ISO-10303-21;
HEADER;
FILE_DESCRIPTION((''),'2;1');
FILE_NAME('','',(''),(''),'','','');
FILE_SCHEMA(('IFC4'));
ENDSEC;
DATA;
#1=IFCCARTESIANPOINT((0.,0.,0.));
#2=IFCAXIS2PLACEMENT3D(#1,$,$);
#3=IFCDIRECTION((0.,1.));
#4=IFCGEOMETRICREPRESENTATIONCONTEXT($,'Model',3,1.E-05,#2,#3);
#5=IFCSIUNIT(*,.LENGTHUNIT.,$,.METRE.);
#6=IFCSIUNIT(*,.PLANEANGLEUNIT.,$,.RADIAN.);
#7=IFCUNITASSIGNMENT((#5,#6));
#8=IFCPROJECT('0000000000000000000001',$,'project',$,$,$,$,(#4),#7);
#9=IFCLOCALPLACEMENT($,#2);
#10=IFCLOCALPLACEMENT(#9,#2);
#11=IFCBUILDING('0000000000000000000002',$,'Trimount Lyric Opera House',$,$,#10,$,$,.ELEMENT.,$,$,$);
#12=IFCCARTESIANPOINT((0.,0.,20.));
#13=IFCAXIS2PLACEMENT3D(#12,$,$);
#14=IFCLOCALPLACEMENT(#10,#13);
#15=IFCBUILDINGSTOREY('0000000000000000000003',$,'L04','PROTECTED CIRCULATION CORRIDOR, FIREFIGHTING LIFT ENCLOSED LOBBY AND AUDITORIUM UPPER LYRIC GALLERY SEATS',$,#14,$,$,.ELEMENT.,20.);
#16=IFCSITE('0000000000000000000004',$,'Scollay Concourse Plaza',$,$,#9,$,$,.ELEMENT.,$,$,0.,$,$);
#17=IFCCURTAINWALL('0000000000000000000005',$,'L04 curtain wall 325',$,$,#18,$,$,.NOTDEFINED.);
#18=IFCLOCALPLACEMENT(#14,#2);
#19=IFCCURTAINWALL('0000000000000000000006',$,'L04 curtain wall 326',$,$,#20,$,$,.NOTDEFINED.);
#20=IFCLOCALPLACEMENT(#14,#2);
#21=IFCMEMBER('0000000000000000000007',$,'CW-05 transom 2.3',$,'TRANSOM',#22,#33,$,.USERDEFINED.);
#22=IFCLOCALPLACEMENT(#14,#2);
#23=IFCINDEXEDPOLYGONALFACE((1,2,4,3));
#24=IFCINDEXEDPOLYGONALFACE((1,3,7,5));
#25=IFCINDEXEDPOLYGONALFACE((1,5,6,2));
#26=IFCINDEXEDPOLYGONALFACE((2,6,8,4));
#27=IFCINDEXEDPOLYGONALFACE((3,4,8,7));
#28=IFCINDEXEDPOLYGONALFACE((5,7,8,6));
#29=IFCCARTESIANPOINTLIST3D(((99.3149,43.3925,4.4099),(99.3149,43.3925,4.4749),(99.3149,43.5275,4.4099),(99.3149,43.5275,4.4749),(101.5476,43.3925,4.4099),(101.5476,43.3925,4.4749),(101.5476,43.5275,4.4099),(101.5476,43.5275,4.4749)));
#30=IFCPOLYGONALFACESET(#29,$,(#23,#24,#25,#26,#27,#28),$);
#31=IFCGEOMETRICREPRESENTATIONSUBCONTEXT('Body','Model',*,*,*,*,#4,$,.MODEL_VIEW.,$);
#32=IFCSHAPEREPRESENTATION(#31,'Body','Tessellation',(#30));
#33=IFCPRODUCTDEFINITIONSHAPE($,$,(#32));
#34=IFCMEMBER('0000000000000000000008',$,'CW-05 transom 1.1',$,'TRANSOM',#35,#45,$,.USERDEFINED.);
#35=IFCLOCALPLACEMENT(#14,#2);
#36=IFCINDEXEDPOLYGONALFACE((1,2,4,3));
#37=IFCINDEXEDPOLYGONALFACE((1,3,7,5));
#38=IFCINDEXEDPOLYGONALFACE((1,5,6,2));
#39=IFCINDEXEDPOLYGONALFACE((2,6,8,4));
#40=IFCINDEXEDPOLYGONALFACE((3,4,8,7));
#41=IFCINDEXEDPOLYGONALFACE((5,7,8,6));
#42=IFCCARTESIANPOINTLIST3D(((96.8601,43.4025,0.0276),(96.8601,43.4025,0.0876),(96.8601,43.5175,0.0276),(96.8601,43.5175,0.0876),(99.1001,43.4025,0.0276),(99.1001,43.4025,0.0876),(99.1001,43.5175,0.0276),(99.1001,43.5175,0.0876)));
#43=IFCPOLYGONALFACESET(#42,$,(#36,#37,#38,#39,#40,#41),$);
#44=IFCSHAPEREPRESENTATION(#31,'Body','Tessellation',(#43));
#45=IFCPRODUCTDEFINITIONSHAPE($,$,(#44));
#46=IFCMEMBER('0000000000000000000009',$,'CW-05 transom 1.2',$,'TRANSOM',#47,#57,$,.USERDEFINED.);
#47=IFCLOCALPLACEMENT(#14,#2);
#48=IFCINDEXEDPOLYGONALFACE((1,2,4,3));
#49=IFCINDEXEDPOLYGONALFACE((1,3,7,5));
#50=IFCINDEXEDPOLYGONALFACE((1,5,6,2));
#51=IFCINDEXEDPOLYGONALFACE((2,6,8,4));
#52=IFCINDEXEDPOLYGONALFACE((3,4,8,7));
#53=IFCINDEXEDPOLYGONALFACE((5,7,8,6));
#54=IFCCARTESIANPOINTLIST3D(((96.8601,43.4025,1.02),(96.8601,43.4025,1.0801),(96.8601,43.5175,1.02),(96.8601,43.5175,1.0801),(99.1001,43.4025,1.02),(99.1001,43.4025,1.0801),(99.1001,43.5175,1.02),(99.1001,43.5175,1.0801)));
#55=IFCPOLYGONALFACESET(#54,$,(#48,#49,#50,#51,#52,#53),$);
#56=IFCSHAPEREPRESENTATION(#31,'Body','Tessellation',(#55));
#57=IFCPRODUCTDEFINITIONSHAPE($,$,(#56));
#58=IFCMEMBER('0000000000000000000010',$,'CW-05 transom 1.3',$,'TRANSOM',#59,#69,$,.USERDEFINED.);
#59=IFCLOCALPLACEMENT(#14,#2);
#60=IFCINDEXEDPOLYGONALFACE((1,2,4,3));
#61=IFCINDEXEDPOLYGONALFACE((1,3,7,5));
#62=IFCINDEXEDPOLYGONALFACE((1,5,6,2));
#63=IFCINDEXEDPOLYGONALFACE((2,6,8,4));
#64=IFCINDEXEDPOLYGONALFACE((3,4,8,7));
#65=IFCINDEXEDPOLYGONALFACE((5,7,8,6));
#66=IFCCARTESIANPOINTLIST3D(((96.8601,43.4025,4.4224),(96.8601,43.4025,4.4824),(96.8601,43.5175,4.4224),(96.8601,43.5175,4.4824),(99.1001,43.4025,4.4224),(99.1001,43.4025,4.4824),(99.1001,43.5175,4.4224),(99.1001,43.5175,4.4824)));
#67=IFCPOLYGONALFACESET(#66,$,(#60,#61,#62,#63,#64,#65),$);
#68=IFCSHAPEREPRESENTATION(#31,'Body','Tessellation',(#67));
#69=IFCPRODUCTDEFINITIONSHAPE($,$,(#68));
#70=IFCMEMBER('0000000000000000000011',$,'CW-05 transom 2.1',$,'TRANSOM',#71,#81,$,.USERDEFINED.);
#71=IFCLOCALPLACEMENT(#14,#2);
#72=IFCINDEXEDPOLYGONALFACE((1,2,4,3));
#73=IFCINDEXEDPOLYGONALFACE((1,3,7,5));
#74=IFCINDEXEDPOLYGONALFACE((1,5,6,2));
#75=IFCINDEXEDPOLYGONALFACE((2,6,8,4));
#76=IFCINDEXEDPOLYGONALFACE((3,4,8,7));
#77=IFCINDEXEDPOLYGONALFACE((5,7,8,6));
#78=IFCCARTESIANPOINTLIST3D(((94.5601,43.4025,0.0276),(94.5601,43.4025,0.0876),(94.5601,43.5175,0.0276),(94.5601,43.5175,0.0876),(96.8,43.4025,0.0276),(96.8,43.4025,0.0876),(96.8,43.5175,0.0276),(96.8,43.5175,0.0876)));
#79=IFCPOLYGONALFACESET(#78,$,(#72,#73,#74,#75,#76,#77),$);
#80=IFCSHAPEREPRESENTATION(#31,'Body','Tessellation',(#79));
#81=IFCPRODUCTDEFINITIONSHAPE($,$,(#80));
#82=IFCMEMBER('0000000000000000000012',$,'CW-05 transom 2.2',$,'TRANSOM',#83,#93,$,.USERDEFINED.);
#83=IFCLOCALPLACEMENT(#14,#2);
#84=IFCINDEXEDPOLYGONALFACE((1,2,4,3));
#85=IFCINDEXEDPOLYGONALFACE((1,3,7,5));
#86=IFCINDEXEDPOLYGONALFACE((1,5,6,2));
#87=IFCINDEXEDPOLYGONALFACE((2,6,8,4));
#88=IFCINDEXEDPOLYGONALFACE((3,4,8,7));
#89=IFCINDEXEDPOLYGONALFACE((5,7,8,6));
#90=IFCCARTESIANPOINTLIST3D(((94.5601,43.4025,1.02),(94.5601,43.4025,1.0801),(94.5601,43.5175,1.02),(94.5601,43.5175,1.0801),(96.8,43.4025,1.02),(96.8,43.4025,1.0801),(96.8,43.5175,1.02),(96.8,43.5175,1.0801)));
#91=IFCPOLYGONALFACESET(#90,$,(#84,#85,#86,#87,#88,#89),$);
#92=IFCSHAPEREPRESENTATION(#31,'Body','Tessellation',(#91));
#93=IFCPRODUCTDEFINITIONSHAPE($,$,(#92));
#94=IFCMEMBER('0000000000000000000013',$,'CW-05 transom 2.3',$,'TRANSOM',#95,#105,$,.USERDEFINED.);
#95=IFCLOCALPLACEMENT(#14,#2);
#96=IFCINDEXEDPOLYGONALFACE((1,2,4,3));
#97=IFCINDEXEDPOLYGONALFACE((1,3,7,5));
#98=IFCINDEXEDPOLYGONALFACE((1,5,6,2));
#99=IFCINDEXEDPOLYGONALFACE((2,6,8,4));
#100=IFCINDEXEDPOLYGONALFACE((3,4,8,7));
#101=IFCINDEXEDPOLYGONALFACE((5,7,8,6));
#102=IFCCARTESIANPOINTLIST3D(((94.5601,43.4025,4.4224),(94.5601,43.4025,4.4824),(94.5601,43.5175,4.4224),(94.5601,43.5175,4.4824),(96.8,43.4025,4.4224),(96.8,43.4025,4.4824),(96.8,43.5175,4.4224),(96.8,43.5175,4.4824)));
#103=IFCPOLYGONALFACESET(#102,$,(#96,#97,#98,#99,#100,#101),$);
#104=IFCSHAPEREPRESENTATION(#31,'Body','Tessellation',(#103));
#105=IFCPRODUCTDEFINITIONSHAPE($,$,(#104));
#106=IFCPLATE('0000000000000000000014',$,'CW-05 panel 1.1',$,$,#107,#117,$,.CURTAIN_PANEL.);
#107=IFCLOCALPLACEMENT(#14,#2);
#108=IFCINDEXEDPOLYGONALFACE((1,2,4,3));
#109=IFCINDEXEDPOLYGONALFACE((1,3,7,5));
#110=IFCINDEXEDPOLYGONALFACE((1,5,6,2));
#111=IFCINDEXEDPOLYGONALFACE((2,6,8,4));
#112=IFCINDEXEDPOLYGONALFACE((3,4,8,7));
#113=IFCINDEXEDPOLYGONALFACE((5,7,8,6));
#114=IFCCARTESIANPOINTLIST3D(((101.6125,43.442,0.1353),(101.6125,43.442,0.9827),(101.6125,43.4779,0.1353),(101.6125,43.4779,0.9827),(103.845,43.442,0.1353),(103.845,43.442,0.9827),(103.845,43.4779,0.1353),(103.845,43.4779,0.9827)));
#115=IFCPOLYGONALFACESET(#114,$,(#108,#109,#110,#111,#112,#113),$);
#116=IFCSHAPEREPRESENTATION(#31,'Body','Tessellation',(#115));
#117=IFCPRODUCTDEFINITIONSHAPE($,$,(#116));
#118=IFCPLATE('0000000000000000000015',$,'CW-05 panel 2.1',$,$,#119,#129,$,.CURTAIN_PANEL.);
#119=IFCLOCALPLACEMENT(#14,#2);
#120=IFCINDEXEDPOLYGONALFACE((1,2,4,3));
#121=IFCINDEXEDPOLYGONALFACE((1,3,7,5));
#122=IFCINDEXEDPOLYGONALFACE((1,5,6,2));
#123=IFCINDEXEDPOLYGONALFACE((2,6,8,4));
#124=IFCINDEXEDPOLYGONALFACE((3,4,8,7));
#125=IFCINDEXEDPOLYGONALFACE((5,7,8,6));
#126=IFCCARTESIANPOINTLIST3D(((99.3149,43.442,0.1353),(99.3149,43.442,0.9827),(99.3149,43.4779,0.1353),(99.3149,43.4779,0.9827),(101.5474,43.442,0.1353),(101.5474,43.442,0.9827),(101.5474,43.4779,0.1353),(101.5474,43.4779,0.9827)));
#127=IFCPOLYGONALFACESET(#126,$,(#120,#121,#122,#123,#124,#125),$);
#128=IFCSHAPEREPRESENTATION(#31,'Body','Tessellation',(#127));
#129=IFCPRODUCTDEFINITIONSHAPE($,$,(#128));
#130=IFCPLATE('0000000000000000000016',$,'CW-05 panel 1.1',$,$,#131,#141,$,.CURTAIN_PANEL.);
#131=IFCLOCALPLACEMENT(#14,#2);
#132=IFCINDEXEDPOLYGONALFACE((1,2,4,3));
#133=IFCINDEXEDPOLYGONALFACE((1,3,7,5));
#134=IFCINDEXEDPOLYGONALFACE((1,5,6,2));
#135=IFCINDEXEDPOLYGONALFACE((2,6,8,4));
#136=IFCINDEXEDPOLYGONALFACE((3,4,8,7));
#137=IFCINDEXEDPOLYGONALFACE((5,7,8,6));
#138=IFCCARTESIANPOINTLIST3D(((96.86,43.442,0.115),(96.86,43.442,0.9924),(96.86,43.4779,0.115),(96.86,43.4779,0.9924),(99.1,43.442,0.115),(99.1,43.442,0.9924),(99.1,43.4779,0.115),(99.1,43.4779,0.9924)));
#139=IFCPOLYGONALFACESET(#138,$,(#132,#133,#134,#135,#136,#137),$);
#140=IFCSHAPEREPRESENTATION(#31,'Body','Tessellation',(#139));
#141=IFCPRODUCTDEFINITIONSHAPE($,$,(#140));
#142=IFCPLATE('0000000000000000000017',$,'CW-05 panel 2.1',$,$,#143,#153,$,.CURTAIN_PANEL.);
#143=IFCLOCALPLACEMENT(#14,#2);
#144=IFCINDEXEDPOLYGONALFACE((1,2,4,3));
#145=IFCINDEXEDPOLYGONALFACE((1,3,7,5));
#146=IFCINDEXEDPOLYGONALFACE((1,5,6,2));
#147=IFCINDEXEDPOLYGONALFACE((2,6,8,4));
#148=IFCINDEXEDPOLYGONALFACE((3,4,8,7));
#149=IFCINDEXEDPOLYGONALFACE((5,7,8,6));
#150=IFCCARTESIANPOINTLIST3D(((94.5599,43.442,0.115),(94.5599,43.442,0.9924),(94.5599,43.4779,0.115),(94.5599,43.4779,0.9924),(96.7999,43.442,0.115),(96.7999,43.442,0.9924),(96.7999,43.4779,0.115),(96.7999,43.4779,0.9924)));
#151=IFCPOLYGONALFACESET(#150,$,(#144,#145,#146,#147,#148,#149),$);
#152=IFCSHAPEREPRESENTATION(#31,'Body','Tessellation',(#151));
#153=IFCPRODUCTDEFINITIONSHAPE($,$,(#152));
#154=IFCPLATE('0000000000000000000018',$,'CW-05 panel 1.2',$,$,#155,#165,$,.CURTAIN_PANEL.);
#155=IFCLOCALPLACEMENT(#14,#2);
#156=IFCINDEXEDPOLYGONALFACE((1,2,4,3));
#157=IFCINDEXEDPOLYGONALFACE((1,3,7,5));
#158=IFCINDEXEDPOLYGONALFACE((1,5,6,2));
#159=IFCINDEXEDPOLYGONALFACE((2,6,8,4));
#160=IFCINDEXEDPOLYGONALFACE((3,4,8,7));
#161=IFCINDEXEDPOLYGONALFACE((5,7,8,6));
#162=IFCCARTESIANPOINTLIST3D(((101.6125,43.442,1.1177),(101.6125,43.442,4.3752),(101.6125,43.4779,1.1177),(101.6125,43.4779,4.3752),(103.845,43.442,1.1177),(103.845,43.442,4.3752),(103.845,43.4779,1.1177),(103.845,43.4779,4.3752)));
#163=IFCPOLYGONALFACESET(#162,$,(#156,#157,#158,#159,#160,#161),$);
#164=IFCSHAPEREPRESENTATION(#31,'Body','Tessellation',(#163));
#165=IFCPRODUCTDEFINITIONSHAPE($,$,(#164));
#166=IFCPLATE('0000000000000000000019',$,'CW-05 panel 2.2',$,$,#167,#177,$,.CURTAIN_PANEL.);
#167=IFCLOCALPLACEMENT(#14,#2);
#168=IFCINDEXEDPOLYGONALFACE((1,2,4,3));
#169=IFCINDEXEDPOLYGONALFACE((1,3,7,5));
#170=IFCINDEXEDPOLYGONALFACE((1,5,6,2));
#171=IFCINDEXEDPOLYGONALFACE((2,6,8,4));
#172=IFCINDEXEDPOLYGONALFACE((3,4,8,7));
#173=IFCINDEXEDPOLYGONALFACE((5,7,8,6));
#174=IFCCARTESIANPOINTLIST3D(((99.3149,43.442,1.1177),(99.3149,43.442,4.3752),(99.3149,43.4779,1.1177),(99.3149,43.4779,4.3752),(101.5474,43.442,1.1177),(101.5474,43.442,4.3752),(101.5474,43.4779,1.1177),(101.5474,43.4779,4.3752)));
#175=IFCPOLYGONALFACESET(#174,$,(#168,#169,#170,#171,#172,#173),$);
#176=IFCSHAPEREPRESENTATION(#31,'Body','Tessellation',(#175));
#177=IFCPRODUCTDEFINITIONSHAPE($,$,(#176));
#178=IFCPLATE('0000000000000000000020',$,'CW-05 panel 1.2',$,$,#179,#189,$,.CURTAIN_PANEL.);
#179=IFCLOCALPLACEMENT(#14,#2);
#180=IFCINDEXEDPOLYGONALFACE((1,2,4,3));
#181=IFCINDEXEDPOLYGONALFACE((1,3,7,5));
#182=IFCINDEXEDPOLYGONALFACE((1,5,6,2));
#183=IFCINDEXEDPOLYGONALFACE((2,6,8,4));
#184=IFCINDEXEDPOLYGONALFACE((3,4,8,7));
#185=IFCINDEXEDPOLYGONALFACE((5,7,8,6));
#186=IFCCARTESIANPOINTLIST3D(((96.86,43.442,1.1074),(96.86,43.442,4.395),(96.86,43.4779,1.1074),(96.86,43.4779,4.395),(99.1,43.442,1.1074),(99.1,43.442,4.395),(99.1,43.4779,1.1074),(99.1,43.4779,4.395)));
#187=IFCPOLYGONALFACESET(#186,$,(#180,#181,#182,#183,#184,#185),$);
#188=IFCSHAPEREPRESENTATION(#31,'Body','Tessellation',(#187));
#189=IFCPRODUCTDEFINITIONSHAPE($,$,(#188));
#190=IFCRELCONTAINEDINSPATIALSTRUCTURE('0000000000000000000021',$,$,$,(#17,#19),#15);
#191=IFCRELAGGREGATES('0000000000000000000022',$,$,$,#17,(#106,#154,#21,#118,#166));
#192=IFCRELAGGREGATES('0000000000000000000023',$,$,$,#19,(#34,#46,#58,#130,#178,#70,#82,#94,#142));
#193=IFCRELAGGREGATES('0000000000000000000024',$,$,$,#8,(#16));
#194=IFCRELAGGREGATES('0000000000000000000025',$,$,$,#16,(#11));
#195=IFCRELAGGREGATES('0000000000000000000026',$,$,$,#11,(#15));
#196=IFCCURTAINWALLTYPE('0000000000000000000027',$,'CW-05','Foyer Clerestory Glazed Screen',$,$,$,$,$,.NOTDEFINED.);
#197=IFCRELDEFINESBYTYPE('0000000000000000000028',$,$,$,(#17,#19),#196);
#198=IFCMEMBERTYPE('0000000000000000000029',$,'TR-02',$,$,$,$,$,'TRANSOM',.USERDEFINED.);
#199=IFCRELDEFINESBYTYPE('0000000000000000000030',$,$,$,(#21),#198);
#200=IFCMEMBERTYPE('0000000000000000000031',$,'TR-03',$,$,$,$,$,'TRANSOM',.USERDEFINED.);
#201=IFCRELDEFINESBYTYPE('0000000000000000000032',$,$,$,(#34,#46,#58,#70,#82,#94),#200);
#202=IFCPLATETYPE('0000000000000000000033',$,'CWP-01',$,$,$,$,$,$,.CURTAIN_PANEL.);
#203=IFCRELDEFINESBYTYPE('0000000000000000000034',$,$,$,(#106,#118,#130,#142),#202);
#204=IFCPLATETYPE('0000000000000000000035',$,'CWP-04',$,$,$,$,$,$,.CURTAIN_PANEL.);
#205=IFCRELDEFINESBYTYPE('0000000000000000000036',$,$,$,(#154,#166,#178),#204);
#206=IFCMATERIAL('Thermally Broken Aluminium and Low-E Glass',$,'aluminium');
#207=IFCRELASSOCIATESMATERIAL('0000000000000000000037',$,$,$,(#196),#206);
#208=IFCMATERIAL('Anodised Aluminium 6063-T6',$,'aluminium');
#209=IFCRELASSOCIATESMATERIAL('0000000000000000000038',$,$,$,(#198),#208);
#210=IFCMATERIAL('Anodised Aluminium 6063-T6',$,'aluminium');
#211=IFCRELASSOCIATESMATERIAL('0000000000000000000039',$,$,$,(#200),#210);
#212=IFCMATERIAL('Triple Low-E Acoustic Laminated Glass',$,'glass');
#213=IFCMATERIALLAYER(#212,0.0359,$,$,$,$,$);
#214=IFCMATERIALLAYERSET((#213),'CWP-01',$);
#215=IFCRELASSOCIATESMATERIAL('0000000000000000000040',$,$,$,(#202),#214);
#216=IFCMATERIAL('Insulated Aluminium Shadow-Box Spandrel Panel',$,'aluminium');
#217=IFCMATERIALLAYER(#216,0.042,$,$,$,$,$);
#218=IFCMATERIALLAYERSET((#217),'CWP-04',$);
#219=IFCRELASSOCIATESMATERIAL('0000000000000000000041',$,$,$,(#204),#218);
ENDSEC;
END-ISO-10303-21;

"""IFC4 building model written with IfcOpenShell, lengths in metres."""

from ifc_helpers import new_model, si_unit, direction, frame, origin, origin_2d, place, context, subcontext, project, spatial, rectangle, extrude, material, layer, layer_set, material_profile, profile_set, type_object, element, aggregate, save


model = new_model("IFC4")

# Units and contexts
model_context = context("Model", 3, precision=1e-05, world=origin(), true_north=direction((0.0, 1.0)))
body_context = subcontext(model_context, "Body", "Model", "MODEL_VIEW")
ifc_project = project(units=[si_unit("LENGTHUNIT", "METRE"), si_unit("PLANEANGLEUNIT", "RADIAN")], contexts=[model_context])

# Site, building, storey
site_placement = place(None, origin())
site = spatial("IfcSite", under=ifc_project, at=site_placement, Name="Scollay Concourse Plaza", CompositionType="ELEMENT", RefElevation=0.0)
building_placement = place(site_placement, origin())
building = spatial("IfcBuilding", under=site, at=building_placement, Name="Trimount Lyric Opera House", CompositionType="ELEMENT")
storey_placement = place(building_placement, frame((0.0, 0.0, 20.0)))
storey = spatial("IfcBuildingStorey", under=building, at=storey_placement, Name="L04", Description="PROTECTED CIRCULATION CORRIDOR, FIREFIGHTING LIFT ENCLOSED LOBBY AND AUDITORIUM UPPER LYRIC GALLERY SEATS", CompositionType="ELEMENT", Elevation=20.0)

# Curtain walls
ifc_material_1 = material(Name="Thermally Broken Aluminium and Low-E Glass", Category="aluminium")
curtain_wall_type = type_object("IfcCurtainWallType", Name="CW-05", Description="Foyer Clerestory Glazed Screen", PredefinedType="NOTDEFINED", material=ifc_material_1)
curtain_wall_1_placement = place(storey_placement, origin())
curtain_wall_1 = element("IfcCurtainWall", 1, at=curtain_wall_1_placement, inside=storey, type_object=curtain_wall_type, Name="L04 curtain wall 325", PredefinedType="NOTDEFINED")
curtain_wall_2_placement = place(storey_placement, origin())
curtain_wall_2 = element("IfcCurtainWall", 2, at=curtain_wall_2_placement, inside=storey, type_object=curtain_wall_type, Name="L04 curtain wall 326", PredefinedType="NOTDEFINED")

# Members
ifc_material_2 = material(Name="Anodised Aluminium 6063-T6", Category="aluminium")
ifc_material_profile_1 = material_profile(ifc_material_2, rectangle(XDim=0.135, YDim=0.0649, at=origin_2d()), Name="ALU-TRAN-65X135")
ifc_profile_set_1 = profile_set([ifc_material_profile_1], Name="Anodised Aluminium 6063-T6")
member_type_1 = type_object("IfcMemberType", Name="TR-02", ElementType="TRANSOM", PredefinedType="USERDEFINED", material=ifc_profile_set_1)
member_1_placement = place(storey_placement, frame((101.5476, 43.46, 4.4424), z_axis=(-1.0, 0.0, 0.0), x_axis=(0.0, -1.0, 0.0)))
member_1 = element("IfcMember", 3, at=member_1_placement, type_object=member_type_1, Name="CW-05 transom 2.3", ObjectType="TRANSOM", PredefinedType="USERDEFINED", context=body_context, shape_type="SweptSolid", body=[
    extrude(rectangle(XDim=0.135, YDim=0.0649, at=origin_2d()), origin(), (0.0, 0.0, 1.0), 2.2327),
])
ifc_material_3 = material(Name="Anodised Aluminium 6063-T6", Category="aluminium")
ifc_material_profile_2 = material_profile(ifc_material_3, rectangle(XDim=0.115, YDim=0.0601, at=origin_2d()), Name="ALU-TRAN-60X115")
ifc_profile_set_2 = profile_set([ifc_material_profile_2], Name="Anodised Aluminium 6063-T6")
member_type_2 = type_object("IfcMemberType", Name="TR-03", ElementType="TRANSOM", PredefinedType="USERDEFINED", material=ifc_profile_set_2)
member_2_placement = place(storey_placement, frame((99.1001, 43.46, 0.0576), z_axis=(-1.0, 0.0, 0.0), x_axis=(0.0, -1.0, 0.0)))
member_2 = element("IfcMember", 4, at=member_2_placement, type_object=member_type_2, Name="CW-05 transom 1.1", ObjectType="TRANSOM", PredefinedType="USERDEFINED", context=body_context, shape_type="SweptSolid", body=[
    extrude(rectangle(XDim=0.115, YDim=0.0601, at=origin_2d()), origin(), (0.0, 0.0, 1.0), 2.24),
])
member_3_placement = place(storey_placement, frame((99.1001, 43.46, 1.05), z_axis=(-1.0, 0.0, 0.0), x_axis=(0.0, -1.0, 0.0)))
member_3 = element("IfcMember", 5, at=member_3_placement, type_object=member_type_2, Name="CW-05 transom 1.2", ObjectType="TRANSOM", PredefinedType="USERDEFINED", context=body_context, shape_type="SweptSolid", body=[
    extrude(rectangle(XDim=0.115, YDim=0.0601, at=origin_2d()), origin(), (0.0, 0.0, 1.0), 2.24),
])
member_4_placement = place(storey_placement, frame((99.1001, 43.46, 4.4524), z_axis=(-1.0, 0.0, 0.0), x_axis=(0.0, -1.0, 0.0)))
member_4 = element("IfcMember", 6, at=member_4_placement, type_object=member_type_2, Name="CW-05 transom 1.3", ObjectType="TRANSOM", PredefinedType="USERDEFINED", context=body_context, shape_type="SweptSolid", body=[
    extrude(rectangle(XDim=0.115, YDim=0.0601, at=origin_2d()), origin(), (0.0, 0.0, 1.0), 2.24),
])
member_5_placement = place(storey_placement, frame((96.8, 43.46, 0.0576), z_axis=(-1.0, 0.0, 0.0), x_axis=(0.0, -1.0, 0.0)))
member_5 = element("IfcMember", 7, at=member_5_placement, type_object=member_type_2, Name="CW-05 transom 2.1", ObjectType="TRANSOM", PredefinedType="USERDEFINED", context=body_context, shape_type="SweptSolid", body=[
    extrude(rectangle(XDim=0.115, YDim=0.0601, at=origin_2d()), origin(), (0.0, 0.0, 1.0), 2.24),
])
member_6_placement = place(storey_placement, frame((96.8, 43.46, 1.05), z_axis=(-1.0, 0.0, 0.0), x_axis=(0.0, -1.0, 0.0)))
member_6 = element("IfcMember", 8, at=member_6_placement, type_object=member_type_2, Name="CW-05 transom 2.2", ObjectType="TRANSOM", PredefinedType="USERDEFINED", context=body_context, shape_type="SweptSolid", body=[
    extrude(rectangle(XDim=0.115, YDim=0.0601, at=origin_2d()), origin(), (0.0, 0.0, 1.0), 2.24),
])
member_7_placement = place(storey_placement, frame((96.8, 43.46, 4.4524), z_axis=(-1.0, 0.0, 0.0), x_axis=(0.0, -1.0, 0.0)))
member_7 = element("IfcMember", 9, at=member_7_placement, type_object=member_type_2, Name="CW-05 transom 2.3", ObjectType="TRANSOM", PredefinedType="USERDEFINED", context=body_context, shape_type="SweptSolid", body=[
    extrude(rectangle(XDim=0.115, YDim=0.0601, at=origin_2d()), origin(), (0.0, 0.0, 1.0), 2.24),
])

# Plates
ifc_material_4 = material(Name="Triple Low-E Acoustic Laminated Glass", Category="glass")
ifc_layer_1 = layer(ifc_material_4, 0.0359)
ifc_layer_set_1 = layer_set([ifc_layer_1], Name="CWP-01")
plate_type_1 = type_object("IfcPlateType", Name="CWP-01", PredefinedType="CURTAIN_PANEL", material=ifc_layer_set_1)
plate_1_placement = place(storey_placement, frame((102.7288, 43.46, 0.1353), z_axis=(0.0, 0.0, 1.0), x_axis=(-1.0, 0.0, 0.0)))
plate_1 = element("IfcPlate", 10, at=plate_1_placement, type_object=plate_type_1, Name="CW-05 panel 1.1", PredefinedType="CURTAIN_PANEL", context=body_context, shape_type="SweptSolid", body=[
    extrude(rectangle(XDim=2.2324, YDim=0.0359, at=origin_2d()), origin(), (0.0, 0.0, 1.0), 0.8474),
])
plate_2_placement = place(storey_placement, frame((100.4312, 43.46, 0.1353), z_axis=(0.0, 0.0, 1.0), x_axis=(-1.0, 0.0, 0.0)))
plate_2 = element("IfcPlate", 11, at=plate_2_placement, type_object=plate_type_1, Name="CW-05 panel 2.1", PredefinedType="CURTAIN_PANEL", context=body_context, shape_type="SweptSolid", body=[
    extrude(rectangle(XDim=2.2324, YDim=0.0359, at=origin_2d()), origin(), (0.0, 0.0, 1.0), 0.8474),
])
plate_3_placement = place(storey_placement, frame((97.98, 43.46, 0.115), z_axis=(0.0, 0.0, 1.0), x_axis=(-1.0, 0.0, 0.0)))
plate_3 = element("IfcPlate", 12, at=plate_3_placement, type_object=plate_type_1, Name="CW-05 panel 1.1", PredefinedType="CURTAIN_PANEL", context=body_context, shape_type="SweptSolid", body=[
    extrude(rectangle(XDim=2.24, YDim=0.0359, at=origin_2d()), origin(), (0.0, 0.0, 1.0), 0.8774),
])
plate_4_placement = place(storey_placement, frame((95.6799, 43.46, 0.115), z_axis=(0.0, 0.0, 1.0), x_axis=(-1.0, 0.0, 0.0)))
plate_4 = element("IfcPlate", 13, at=plate_4_placement, type_object=plate_type_1, Name="CW-05 panel 2.1", PredefinedType="CURTAIN_PANEL", context=body_context, shape_type="SweptSolid", body=[
    extrude(rectangle(XDim=2.24, YDim=0.0359, at=origin_2d()), origin(), (0.0, 0.0, 1.0), 0.8774),
])
ifc_material_5 = material(Name="Insulated Aluminium Shadow-Box Spandrel Panel", Category="aluminium")
ifc_layer_2 = layer(ifc_material_5, 0.042)
ifc_layer_set_2 = layer_set([ifc_layer_2], Name="CWP-04")
plate_type_2 = type_object("IfcPlateType", Name="CWP-04", PredefinedType="CURTAIN_PANEL", material=ifc_layer_set_2)
plate_5_placement = place(storey_placement, frame((102.7288, 43.46, 1.1177), z_axis=(0.0, 0.0, 1.0), x_axis=(-1.0, 0.0, 0.0)))
plate_5 = element("IfcPlate", 14, at=plate_5_placement, type_object=plate_type_2, Name="CW-05 panel 1.2", PredefinedType="CURTAIN_PANEL", context=body_context, shape_type="SweptSolid", body=[
    extrude(rectangle(XDim=2.2324, YDim=0.0359, at=origin_2d()), origin(), (0.0, 0.0, 1.0), 3.2576),
])
plate_6_placement = place(storey_placement, frame((100.4312, 43.46, 1.1177), z_axis=(0.0, 0.0, 1.0), x_axis=(-1.0, 0.0, 0.0)))
plate_6 = element("IfcPlate", 15, at=plate_6_placement, type_object=plate_type_2, Name="CW-05 panel 2.2", PredefinedType="CURTAIN_PANEL", context=body_context, shape_type="SweptSolid", body=[
    extrude(rectangle(XDim=2.2324, YDim=0.0359, at=origin_2d()), origin(), (0.0, 0.0, 1.0), 3.2576),
])
aggregate(curtain_wall_1, [plate_1, plate_5, member_1, plate_2, plate_6])
plate_7_placement = place(storey_placement, frame((97.98, 43.46, 1.1074), z_axis=(0.0, 0.0, 1.0), x_axis=(-1.0, 0.0, 0.0)))
plate_7 = element("IfcPlate", 16, at=plate_7_placement, type_object=plate_type_2, Name="CW-05 panel 1.2", PredefinedType="CURTAIN_PANEL", context=body_context, shape_type="SweptSolid", body=[
    extrude(rectangle(XDim=2.24, YDim=0.0359, at=origin_2d()), origin(), (0.0, 0.0, 1.0), 3.2876),
])
aggregate(curtain_wall_2, [member_2, member_3, member_4, plate_3, plate_7, member_5, member_6, member_7, plate_4])

save(model, "model.ifc")
